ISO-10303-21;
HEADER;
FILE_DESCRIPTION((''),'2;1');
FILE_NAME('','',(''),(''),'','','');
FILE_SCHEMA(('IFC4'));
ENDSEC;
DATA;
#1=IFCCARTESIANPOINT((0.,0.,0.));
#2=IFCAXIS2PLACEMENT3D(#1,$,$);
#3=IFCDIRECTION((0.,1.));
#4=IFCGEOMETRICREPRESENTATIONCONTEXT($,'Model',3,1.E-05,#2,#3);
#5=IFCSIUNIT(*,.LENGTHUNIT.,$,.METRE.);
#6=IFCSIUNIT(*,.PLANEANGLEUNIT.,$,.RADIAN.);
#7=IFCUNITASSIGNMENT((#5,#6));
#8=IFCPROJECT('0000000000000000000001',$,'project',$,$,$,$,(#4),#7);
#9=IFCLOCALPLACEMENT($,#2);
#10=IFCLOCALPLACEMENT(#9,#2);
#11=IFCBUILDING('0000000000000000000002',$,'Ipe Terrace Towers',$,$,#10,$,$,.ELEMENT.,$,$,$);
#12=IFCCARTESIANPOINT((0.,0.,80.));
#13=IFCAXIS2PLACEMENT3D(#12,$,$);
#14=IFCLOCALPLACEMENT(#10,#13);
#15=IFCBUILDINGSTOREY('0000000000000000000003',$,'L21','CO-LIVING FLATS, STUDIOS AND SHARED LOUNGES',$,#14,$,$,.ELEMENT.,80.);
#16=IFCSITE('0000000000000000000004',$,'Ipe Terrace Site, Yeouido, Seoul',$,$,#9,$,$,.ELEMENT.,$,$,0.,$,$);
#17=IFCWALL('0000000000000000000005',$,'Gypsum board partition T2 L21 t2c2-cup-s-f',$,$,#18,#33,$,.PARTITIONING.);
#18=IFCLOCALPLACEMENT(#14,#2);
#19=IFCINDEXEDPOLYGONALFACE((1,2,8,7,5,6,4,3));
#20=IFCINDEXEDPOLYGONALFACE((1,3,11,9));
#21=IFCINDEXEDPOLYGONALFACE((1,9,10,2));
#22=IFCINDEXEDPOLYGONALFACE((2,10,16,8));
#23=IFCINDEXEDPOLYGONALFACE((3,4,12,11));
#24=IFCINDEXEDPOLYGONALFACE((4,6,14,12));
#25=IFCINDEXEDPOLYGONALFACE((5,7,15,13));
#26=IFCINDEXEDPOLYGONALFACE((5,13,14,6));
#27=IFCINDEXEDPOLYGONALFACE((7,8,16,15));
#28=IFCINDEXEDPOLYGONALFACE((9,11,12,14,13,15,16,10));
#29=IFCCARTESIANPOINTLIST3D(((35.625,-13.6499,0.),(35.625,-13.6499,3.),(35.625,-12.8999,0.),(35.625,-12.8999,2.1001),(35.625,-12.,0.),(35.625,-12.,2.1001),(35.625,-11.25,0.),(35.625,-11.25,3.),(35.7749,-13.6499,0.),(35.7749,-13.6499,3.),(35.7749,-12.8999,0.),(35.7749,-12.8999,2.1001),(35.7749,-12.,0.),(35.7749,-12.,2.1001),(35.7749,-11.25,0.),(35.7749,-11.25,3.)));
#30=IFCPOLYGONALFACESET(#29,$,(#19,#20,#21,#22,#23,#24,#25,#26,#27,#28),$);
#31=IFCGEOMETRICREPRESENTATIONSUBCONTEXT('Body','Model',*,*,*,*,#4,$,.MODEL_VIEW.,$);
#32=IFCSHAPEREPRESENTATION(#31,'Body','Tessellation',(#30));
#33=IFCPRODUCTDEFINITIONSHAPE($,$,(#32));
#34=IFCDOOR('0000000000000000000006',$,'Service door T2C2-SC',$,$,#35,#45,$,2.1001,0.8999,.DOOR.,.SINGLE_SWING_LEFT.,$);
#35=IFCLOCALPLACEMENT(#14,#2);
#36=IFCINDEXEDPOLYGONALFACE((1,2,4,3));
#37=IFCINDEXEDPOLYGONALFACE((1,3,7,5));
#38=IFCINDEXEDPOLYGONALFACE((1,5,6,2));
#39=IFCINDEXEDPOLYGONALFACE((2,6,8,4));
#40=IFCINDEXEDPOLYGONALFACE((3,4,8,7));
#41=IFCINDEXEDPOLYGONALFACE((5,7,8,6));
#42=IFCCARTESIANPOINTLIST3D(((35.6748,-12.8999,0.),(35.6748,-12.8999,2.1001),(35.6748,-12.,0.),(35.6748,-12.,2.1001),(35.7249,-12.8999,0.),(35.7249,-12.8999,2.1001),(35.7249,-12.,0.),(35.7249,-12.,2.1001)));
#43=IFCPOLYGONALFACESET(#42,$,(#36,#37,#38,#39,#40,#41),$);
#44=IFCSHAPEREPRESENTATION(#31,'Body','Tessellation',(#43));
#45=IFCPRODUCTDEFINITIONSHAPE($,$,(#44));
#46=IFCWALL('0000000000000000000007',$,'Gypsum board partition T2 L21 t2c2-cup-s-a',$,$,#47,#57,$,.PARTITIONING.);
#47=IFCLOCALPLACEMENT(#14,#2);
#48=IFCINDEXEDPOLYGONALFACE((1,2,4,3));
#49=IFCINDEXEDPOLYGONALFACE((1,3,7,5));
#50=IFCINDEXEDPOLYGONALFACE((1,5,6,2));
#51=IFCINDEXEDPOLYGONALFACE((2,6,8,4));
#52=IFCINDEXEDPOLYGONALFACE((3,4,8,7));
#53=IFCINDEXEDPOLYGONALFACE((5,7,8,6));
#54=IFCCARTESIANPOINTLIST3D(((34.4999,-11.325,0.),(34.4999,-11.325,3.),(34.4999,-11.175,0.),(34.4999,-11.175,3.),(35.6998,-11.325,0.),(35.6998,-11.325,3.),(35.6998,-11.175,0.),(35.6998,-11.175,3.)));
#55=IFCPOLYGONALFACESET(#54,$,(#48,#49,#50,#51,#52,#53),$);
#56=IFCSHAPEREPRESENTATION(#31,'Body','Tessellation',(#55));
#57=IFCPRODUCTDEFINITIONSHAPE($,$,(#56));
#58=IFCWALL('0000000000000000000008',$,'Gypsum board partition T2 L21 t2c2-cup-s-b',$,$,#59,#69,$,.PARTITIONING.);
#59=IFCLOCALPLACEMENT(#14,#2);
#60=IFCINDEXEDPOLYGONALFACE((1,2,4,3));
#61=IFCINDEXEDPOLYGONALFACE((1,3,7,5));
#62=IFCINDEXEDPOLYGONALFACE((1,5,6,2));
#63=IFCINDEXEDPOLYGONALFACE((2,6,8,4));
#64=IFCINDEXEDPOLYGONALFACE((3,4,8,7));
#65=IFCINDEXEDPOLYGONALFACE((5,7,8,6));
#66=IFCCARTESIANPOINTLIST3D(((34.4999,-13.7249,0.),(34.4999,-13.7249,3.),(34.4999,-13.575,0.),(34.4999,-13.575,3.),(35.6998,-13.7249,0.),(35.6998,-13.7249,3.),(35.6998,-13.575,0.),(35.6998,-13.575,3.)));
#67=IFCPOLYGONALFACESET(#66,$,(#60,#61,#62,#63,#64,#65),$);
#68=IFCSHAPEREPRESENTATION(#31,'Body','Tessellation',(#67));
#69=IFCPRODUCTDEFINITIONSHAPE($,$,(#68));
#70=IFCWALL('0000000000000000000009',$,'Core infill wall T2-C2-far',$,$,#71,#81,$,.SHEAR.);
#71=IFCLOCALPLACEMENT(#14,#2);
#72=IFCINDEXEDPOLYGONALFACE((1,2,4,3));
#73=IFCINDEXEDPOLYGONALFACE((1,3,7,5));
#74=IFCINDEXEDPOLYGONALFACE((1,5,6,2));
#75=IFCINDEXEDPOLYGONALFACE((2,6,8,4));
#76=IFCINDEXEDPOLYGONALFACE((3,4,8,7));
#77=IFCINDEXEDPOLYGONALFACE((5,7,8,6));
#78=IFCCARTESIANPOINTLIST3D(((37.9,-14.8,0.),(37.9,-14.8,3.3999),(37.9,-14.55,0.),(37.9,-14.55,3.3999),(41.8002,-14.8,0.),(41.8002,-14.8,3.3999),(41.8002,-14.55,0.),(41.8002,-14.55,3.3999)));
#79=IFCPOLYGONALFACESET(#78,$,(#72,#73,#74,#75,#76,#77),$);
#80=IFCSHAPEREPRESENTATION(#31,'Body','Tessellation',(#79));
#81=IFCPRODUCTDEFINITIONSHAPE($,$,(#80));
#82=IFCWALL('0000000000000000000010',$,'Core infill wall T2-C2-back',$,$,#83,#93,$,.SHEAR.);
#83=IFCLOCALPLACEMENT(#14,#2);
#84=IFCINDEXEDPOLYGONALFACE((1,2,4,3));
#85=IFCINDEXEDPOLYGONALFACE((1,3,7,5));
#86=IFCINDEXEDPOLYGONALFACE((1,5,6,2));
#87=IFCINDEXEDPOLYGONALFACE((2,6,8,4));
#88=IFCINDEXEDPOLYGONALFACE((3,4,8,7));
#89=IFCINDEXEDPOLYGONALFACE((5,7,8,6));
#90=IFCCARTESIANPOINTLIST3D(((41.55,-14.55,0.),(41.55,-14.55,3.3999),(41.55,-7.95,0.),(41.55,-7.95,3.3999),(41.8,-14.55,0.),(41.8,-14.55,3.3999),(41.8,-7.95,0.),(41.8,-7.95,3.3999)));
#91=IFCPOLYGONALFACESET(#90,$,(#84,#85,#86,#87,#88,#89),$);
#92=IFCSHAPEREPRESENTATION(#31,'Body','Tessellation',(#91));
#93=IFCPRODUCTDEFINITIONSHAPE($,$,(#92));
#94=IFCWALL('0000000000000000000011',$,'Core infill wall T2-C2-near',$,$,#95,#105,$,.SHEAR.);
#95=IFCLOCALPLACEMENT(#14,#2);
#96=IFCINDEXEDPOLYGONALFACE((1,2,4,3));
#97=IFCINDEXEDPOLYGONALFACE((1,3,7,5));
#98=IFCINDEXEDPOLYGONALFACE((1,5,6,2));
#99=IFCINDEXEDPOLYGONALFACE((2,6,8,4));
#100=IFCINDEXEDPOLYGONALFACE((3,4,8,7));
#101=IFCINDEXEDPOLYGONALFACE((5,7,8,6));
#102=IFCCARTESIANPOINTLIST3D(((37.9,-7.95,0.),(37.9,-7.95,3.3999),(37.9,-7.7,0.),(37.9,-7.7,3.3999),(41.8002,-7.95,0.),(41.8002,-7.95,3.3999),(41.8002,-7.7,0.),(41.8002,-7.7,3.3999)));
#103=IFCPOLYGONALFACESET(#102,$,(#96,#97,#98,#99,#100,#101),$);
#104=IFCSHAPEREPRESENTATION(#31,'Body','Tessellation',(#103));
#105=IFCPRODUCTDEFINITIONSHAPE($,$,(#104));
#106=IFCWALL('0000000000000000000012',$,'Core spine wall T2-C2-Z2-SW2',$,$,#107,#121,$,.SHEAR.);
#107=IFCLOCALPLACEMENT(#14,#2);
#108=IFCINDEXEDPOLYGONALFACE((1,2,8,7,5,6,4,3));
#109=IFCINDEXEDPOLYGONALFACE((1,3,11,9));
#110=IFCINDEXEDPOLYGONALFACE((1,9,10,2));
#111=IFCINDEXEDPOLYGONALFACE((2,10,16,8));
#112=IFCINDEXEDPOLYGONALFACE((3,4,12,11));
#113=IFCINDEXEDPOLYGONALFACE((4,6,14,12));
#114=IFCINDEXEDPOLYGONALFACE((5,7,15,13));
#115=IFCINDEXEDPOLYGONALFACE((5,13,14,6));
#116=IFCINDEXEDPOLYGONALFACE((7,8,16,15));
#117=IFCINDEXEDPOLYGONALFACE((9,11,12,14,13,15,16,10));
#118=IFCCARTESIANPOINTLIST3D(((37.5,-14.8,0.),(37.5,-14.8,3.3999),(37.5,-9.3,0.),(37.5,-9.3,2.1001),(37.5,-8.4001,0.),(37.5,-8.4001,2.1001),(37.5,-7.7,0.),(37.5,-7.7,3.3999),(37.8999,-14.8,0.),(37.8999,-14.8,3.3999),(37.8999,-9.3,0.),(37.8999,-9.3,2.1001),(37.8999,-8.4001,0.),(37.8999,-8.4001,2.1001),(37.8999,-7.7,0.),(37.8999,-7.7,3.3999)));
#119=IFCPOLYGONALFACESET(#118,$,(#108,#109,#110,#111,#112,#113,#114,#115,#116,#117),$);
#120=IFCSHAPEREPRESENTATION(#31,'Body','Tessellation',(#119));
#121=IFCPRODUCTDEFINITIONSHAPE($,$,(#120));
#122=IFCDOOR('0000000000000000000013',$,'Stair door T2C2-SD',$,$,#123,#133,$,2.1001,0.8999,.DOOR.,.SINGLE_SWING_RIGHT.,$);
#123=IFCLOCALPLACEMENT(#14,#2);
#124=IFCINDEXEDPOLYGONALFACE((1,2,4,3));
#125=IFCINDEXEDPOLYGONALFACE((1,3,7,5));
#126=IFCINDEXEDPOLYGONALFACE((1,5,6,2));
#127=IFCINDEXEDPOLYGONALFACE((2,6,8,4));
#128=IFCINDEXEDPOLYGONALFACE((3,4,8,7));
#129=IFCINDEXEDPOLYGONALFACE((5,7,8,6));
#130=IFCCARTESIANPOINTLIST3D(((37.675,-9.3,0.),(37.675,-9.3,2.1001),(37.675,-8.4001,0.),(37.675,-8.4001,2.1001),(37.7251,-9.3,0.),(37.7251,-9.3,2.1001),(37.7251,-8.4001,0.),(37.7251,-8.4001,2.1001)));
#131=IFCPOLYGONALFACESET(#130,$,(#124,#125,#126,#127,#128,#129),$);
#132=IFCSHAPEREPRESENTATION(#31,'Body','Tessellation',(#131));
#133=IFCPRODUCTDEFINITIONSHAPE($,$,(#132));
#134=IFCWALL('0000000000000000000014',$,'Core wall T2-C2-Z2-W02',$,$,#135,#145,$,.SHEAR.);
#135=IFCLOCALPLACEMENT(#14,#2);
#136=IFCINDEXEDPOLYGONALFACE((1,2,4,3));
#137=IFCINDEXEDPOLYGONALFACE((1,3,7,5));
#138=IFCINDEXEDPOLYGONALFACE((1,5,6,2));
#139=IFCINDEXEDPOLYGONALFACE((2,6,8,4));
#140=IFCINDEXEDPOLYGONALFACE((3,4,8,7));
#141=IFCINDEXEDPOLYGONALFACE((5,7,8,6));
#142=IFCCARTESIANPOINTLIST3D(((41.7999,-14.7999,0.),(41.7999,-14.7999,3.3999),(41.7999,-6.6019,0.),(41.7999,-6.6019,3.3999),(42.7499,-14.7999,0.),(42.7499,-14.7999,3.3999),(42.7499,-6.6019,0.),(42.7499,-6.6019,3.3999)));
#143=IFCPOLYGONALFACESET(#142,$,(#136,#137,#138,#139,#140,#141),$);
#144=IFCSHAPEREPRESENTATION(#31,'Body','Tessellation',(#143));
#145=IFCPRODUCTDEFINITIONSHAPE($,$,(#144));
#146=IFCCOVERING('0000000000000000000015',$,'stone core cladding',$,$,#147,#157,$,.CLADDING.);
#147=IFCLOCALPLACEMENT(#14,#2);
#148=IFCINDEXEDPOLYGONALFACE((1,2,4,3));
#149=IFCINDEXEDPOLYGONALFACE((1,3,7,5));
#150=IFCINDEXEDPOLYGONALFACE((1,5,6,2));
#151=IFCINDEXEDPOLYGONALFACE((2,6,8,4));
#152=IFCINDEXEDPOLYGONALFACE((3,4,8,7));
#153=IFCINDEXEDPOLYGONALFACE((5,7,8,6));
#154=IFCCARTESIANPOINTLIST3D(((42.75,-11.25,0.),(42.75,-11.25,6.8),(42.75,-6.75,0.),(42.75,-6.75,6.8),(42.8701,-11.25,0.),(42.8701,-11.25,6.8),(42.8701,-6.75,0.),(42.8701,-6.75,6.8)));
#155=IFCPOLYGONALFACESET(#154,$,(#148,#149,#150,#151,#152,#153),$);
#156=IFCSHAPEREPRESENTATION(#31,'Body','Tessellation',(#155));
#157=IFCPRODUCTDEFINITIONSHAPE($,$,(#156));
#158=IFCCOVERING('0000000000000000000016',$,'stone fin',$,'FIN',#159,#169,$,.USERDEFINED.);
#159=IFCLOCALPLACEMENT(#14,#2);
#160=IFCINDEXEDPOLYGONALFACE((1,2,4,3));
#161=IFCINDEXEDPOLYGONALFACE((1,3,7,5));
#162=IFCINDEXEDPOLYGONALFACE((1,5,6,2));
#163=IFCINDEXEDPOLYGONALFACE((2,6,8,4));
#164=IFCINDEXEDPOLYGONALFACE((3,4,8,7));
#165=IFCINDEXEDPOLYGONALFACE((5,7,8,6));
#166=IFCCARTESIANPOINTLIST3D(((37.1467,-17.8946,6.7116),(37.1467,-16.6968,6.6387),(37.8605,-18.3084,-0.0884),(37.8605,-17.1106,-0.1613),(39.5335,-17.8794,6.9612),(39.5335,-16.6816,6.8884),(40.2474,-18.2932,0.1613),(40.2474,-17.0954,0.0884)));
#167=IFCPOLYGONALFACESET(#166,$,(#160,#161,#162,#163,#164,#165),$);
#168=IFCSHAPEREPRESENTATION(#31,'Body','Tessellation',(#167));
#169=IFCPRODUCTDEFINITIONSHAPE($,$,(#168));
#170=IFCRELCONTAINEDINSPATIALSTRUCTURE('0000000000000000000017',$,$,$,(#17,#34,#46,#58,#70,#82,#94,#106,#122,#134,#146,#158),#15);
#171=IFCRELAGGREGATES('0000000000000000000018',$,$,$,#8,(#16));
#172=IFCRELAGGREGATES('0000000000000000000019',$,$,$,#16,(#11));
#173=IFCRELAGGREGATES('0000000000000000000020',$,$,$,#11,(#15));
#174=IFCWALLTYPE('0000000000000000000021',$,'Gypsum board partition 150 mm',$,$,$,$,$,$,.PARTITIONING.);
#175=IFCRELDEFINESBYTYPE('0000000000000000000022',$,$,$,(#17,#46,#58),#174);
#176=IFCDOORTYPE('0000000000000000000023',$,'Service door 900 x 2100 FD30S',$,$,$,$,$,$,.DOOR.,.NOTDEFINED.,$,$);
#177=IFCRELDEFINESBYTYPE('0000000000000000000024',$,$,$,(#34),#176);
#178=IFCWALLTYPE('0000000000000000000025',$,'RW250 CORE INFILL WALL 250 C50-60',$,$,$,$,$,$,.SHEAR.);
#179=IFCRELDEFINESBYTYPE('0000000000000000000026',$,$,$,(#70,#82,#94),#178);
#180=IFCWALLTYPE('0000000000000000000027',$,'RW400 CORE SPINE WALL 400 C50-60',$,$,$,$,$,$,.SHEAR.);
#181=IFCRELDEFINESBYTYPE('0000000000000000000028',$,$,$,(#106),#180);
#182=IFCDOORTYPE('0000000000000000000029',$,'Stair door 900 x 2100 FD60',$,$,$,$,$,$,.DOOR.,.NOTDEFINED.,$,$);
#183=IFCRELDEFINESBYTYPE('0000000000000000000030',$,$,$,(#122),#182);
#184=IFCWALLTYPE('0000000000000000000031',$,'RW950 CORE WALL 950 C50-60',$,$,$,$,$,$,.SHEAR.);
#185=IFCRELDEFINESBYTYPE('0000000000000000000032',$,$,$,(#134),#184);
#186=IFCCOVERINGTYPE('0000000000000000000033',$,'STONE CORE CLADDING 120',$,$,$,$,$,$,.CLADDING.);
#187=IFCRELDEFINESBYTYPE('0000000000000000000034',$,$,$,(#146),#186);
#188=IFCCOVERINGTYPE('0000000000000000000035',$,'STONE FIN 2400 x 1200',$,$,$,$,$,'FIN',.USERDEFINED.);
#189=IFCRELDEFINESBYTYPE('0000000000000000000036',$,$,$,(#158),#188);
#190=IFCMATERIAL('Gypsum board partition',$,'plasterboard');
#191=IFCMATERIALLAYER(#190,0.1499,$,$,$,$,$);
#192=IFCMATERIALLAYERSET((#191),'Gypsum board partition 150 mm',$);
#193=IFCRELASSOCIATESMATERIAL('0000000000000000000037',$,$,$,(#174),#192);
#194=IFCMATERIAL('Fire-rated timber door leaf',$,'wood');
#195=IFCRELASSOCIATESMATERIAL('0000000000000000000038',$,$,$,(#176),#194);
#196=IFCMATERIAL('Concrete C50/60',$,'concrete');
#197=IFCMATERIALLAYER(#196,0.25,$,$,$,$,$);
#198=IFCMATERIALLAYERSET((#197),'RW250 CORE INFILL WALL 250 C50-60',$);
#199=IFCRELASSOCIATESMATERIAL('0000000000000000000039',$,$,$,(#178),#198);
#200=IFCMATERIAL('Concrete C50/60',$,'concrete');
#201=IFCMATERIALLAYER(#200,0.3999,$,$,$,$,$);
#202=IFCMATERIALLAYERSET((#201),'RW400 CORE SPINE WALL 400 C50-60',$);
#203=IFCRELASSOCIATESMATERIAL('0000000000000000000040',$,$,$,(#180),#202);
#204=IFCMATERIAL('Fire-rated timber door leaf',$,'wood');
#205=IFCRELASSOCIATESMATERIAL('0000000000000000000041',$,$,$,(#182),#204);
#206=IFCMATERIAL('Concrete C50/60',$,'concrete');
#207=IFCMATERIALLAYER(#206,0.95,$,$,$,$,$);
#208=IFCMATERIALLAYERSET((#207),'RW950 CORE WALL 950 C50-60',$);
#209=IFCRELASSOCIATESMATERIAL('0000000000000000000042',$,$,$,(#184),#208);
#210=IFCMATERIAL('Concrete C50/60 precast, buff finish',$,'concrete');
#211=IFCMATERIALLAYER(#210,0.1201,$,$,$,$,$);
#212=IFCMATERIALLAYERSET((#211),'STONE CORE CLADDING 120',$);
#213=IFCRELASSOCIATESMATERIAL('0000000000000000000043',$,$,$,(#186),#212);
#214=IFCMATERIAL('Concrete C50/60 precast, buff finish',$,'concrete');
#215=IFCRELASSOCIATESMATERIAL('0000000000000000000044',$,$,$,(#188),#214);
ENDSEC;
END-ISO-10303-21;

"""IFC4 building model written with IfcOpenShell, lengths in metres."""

from ifc_helpers import new_model, si_unit, direction, frame, frame_2d, origin, origin_2d, place, context, subcontext, project, spatial, rectangle, extrude, material, layer, layer_set, material_profile, profile_set, type_object, element, fill, save


model = new_model("IFC4")

# Units and contexts
model_context = context("Model", 3, precision=1e-05, world=origin(), true_north=direction((0.0, 1.0)))
body_context = subcontext(model_context, "Body", "Model", "MODEL_VIEW")
ifc_project = project(units=[si_unit("LENGTHUNIT", "METRE"), si_unit("PLANEANGLEUNIT", "RADIAN")], contexts=[model_context])

# Site, building, storey
site_placement = place(None, origin())
site = spatial("IfcSite", under=ifc_project, at=site_placement, Name="Ipe Terrace Site, Yeouido, Seoul", CompositionType="ELEMENT", RefElevation=0.0)
building_placement = place(site_placement, origin())
building = spatial("IfcBuilding", under=site, at=building_placement, Name="Ipe Terrace Towers", CompositionType="ELEMENT")
storey_placement = place(building_placement, frame((0.0, 0.0, 80.0)))
storey = spatial("IfcBuildingStorey", under=building, at=storey_placement, Name="L21", Description="CO-LIVING FLATS, STUDIOS AND SHARED LOUNGES", CompositionType="ELEMENT", Elevation=80.0)

# Wall, opening, door
ifc_material_1 = material(Name="Gypsum board partition", Category="plasterboard")
ifc_layer_1 = layer(ifc_material_1, 0.1499)
ifc_layer_set_1 = layer_set([ifc_layer_1], Name="Gypsum board partition 150 mm")
wall_type_1 = type_object("IfcWallType", Name="Gypsum board partition 150 mm", PredefinedType="PARTITIONING", material=ifc_layer_set_1)
wall_1_placement = place(storey_placement, frame((35.7, -11.25, 0.0), z_axis=(0.0, 0.0, 1.0), x_axis=(0.0, -1.0, 0.0)))
wall_1 = element("IfcWall", 1, at=wall_1_placement, inside=storey, type_object=wall_type_1, Name="Gypsum board partition T2 L21 t2c2-cup-s-f", PredefinedType="PARTITIONING", context=body_context, shape_type="SweptSolid", body=[
    extrude(rectangle(XDim=2.3999, YDim=0.1499, at=frame_2d((1.2, 0.0))), origin(), (0.0, 0.0, 1.0), 3.0),
])
opening_1_placement = place(wall_1_placement, frame((0.75, 0.0, 0.0)))
opening_1 = element("IfcOpeningElement", 2, at=opening_1_placement, cuts=wall_1, PredefinedType="OPENING", context=body_context, shape_type="SweptSolid", body=[
    extrude(rectangle(XDim=0.8999, YDim=2.1001, at=frame_2d((0.45, 1.05))), frame((0.0, 0.085, 0.0), z_axis=(0.0, -1.0, 0.0), x_axis=(1.0, 0.0, 0.0)), (0.0, 0.0, 1.0), 0.1699),
])
ifc_material_2 = material(Name="Fire-rated timber door leaf", Category="wood")
door_type_1 = type_object("IfcDoorType", Name="Service door 900 x 2100 FD30S", OperationType="NOTDEFINED", PredefinedType="DOOR", material=ifc_material_2)
door_1_placement = place(opening_1_placement, origin())
door_1 = element("IfcDoor", 3, at=door_1_placement, inside=storey, type_object=door_type_1, Name="Service door T2C2-SC", OperationType="SINGLE_SWING_LEFT", OverallHeight=2.1001, OverallWidth=0.8999, PredefinedType="DOOR", context=body_context, shape_type="SweptSolid", body=[
    extrude(rectangle(XDim=0.8999, YDim=2.1001, at=frame_2d((0.45, 1.05))), frame((0.0, 0.0249, 0.0), z_axis=(0.0, -1.0, 0.0), x_axis=(1.0, 0.0, 0.0)), (0.0, 0.0, 1.0), 0.05),
])
fill(opening_1, door_1)

# Walls
for number, where, z_axis, x_axis, name in (
    (4, (35.7, -11.25, 0.0), (0.0, 0.0, 1.0), (-1.0, 0.0, 0.0), "Gypsum board partition T2 L21 t2c2-cup-s-a"),
    (5, (35.7, -13.6499, 0.0), (0.0, 0.0, 1.0), (-1.0, 0.0, 0.0), "Gypsum board partition T2 L21 t2c2-cup-s-b"),
):
    element("IfcWall", number, at=place(storey_placement, frame(where, z_axis=z_axis, x_axis=x_axis)), inside=storey, type_object=wall_type_1, Name=name, PredefinedType="PARTITIONING", context=body_context, shape_type="SweptSolid", body=[
        extrude(rectangle(XDim=1.2, YDim=0.1499, at=frame_2d((0.6001, 0.0))), origin(), (0.0, 0.0, 1.0), 3.0),
    ])
ifc_material_3 = material(Name="Concrete C50/60", Category="concrete")
ifc_layer_2 = layer(ifc_material_3, 0.25)
ifc_layer_set_2 = layer_set([ifc_layer_2], Name="RW250 CORE INFILL WALL 250 C50-60")
wall_type_2 = type_object("IfcWallType", Name="RW250 CORE INFILL WALL 250 C50-60", PredefinedType="SHEAR", material=ifc_layer_set_2)
wall_2_placement = place(storey_placement, frame((37.8999, -14.675, 0.0), z_axis=(0.0, 0.0, 1.0), x_axis=(1.0, 0.0, 0.0)))
element("IfcWall", 6, at=wall_2_placement, inside=storey, type_object=wall_type_2, Name="Core infill wall T2-C2-far", PredefinedType="SHEAR", context=body_context, shape_type="SweptSolid", body=[
    extrude(rectangle(XDim=3.9001, YDim=0.25, at=frame_2d((1.9502, 0.0))), origin(), (0.0, 0.0, 1.0), 3.3999),
])
wall_3_placement = place(storey_placement, frame((41.675, -7.95, 0.0), z_axis=(0.0, 0.0, 1.0), x_axis=(0.0, -1.0, 0.0)))
element("IfcWall", 7, at=wall_3_placement, inside=storey, type_object=wall_type_2, Name="Core infill wall T2-C2-back", PredefinedType="SHEAR", context=body_context, shape_type="SweptSolid", body=[
    extrude(rectangle(XDim=6.6001, YDim=0.25, at=frame_2d((3.3, 0.0))), origin(), (0.0, 0.0, 1.0), 3.3999),
])
wall_4_placement = place(storey_placement, frame((37.8999, -7.825, 0.0), z_axis=(0.0, 0.0, 1.0), x_axis=(1.0, 0.0, 0.0)))
element("IfcWall", 8, at=wall_4_placement, inside=storey, type_object=wall_type_2, Name="Core infill wall T2-C2-near", PredefinedType="SHEAR", context=body_context, shape_type="SweptSolid", body=[
    extrude(rectangle(XDim=3.9001, YDim=0.25, at=frame_2d((1.9502, 0.0))), origin(), (0.0, 0.0, 1.0), 3.3999),
])

# Wall, opening, door
ifc_material_4 = material(Name="Concrete C50/60", Category="concrete")
ifc_layer_3 = layer(ifc_material_4, 0.3999)
ifc_layer_set_3 = layer_set([ifc_layer_3], Name="RW400 CORE SPINE WALL 400 C50-60")
wall_type_3 = type_object("IfcWallType", Name="RW400 CORE SPINE WALL 400 C50-60", PredefinedType="SHEAR", material=ifc_layer_set_3)
wall_5_placement = place(storey_placement, frame((37.7, -14.8, 0.0), z_axis=(0.0, 0.0, 1.0), x_axis=(0.0, 1.0, 0.0)))
wall_5 = element("IfcWall", 9, at=wall_5_placement, inside=storey, type_object=wall_type_3, Name="Core spine wall T2-C2-Z2-SW2", PredefinedType="SHEAR", context=body_context, shape_type="SweptSolid", body=[
    extrude(rectangle(XDim=7.1001, YDim=0.3999, at=frame_2d((3.55, 0.0))), origin(), (0.0, 0.0, 1.0), 3.3999),
])
opening_2_placement = place(wall_5_placement, frame((5.5, 0.0, 0.0)))
opening_2 = element("IfcOpeningElement", 10, at=opening_2_placement, cuts=wall_5, PredefinedType="OPENING", context=body_context, shape_type="SweptSolid", body=[
    extrude(rectangle(XDim=0.8999, YDim=2.1001, at=frame_2d((0.45, 1.05))), frame((0.0, 0.21, 0.0), z_axis=(0.0, -1.0, 0.0), x_axis=(1.0, 0.0, 0.0)), (0.0, 0.0, 1.0), 0.4199),
])
ifc_material_5 = material(Name="Fire-rated timber door leaf", Category="wood")
door_type_2 = type_object("IfcDoorType", Name="Stair door 900 x 2100 FD60", OperationType="NOTDEFINED", PredefinedType="DOOR", material=ifc_material_5)
door_2_placement = place(opening_2_placement, origin())
door_2 = element("IfcDoor", 11, at=door_2_placement, inside=storey, type_object=door_type_2, Name="Stair door T2C2-SD", OperationType="SINGLE_SWING_RIGHT", OverallHeight=2.1001, OverallWidth=0.8999, PredefinedType="DOOR", context=body_context, shape_type="SweptSolid", body=[
    extrude(rectangle(XDim=0.8999, YDim=2.1001, at=frame_2d((0.45, 1.05))), frame((0.0, 0.0249, 0.0), z_axis=(0.0, -1.0, 0.0), x_axis=(1.0, 0.0, 0.0)), (0.0, 0.0, 1.0), 0.05),
])
fill(opening_2, door_2)

# Wall
ifc_material_6 = material(Name="Concrete C50/60", Category="concrete")
ifc_layer_4 = layer(ifc_material_6, 0.95)
ifc_layer_set_4 = layer_set([ifc_layer_4], Name="RW950 CORE WALL 950 C50-60")
wall_type_4 = type_object("IfcWallType", Name="RW950 CORE WALL 950 C50-60", PredefinedType="SHEAR", material=ifc_layer_set_4)
wall_6_placement = place(storey_placement, frame((42.2749, -14.8, 0.0), z_axis=(0.0, 0.0, 1.0), x_axis=(0.0, 1.0, 0.0)))
element("IfcWall", 12, at=wall_6_placement, inside=storey, type_object=wall_type_4, Name="Core wall T2-C2-Z2-W02", PredefinedType="SHEAR", context=body_context, shape_type="SweptSolid", body=[
    extrude(rectangle(XDim=8.198, YDim=0.95, at=frame_2d((4.0991, 0.0))), origin(), (0.0, 0.0, 1.0), 3.3999),
])

# Coverings
ifc_material_7 = material(Name="Concrete C50/60 precast, buff finish", Category="concrete")
ifc_layer_5 = layer(ifc_material_7, 0.1201)
ifc_layer_set_5 = layer_set([ifc_layer_5], Name="STONE CORE CLADDING 120")
covering_type_1 = type_object("IfcCoveringType", Name="STONE CORE CLADDING 120", PredefinedType="CLADDING", material=ifc_layer_set_5)
covering_1_placement = place(storey_placement, frame((42.8101, -9.0, 0.0), z_axis=(0.0, 0.0, 1.0), x_axis=(0.0, 1.0, 0.0)))
element("IfcCovering", 13, at=covering_1_placement, inside=storey, type_object=covering_type_1, Name="stone core cladding", PredefinedType="CLADDING", context=body_context, shape_type="SweptSolid", body=[
    extrude(rectangle(XDim=4.5, YDim=0.1201, at=origin_2d()), origin(), (0.0, 0.0, 1.0), 6.8),
])
ifc_material_8 = material(Name="Concrete C50/60 precast, buff finish", Category="concrete")
ifc_material_profile = material_profile(ifc_material_8, rectangle(XDim=2.3999, YDim=1.2, at=origin_2d()), Name="STONE FIN 2400 x 1200")
ifc_profile_set = profile_set([ifc_material_profile], Name="Concrete C50/60 precast, buff finish")
covering_type_2 = type_object("IfcCoveringType", Name="STONE FIN 2400 x 1200", ElementType="FIN", PredefinedType="USERDEFINED", material=ifc_profile_set)
covering_2_placement = place(storey_placement, frame((39.054, -17.7019, 0.0), z_axis=(-0.104215, 0.060412, 0.992718), x_axis=(0.994555, 0.00633, 0.104023)))
element("IfcCovering", 14, at=covering_2_placement, inside=storey, type_object=covering_type_2, Name="stone fin", ObjectType="FIN", PredefinedType="USERDEFINED", context=body_context, shape_type="SweptSolid", body=[
    extrude(rectangle(XDim=2.3999, YDim=1.2, at=origin_2d()), origin(), (0.0, 0.0, 1.0), 6.8499),
])

save(model, "model.ifc")
